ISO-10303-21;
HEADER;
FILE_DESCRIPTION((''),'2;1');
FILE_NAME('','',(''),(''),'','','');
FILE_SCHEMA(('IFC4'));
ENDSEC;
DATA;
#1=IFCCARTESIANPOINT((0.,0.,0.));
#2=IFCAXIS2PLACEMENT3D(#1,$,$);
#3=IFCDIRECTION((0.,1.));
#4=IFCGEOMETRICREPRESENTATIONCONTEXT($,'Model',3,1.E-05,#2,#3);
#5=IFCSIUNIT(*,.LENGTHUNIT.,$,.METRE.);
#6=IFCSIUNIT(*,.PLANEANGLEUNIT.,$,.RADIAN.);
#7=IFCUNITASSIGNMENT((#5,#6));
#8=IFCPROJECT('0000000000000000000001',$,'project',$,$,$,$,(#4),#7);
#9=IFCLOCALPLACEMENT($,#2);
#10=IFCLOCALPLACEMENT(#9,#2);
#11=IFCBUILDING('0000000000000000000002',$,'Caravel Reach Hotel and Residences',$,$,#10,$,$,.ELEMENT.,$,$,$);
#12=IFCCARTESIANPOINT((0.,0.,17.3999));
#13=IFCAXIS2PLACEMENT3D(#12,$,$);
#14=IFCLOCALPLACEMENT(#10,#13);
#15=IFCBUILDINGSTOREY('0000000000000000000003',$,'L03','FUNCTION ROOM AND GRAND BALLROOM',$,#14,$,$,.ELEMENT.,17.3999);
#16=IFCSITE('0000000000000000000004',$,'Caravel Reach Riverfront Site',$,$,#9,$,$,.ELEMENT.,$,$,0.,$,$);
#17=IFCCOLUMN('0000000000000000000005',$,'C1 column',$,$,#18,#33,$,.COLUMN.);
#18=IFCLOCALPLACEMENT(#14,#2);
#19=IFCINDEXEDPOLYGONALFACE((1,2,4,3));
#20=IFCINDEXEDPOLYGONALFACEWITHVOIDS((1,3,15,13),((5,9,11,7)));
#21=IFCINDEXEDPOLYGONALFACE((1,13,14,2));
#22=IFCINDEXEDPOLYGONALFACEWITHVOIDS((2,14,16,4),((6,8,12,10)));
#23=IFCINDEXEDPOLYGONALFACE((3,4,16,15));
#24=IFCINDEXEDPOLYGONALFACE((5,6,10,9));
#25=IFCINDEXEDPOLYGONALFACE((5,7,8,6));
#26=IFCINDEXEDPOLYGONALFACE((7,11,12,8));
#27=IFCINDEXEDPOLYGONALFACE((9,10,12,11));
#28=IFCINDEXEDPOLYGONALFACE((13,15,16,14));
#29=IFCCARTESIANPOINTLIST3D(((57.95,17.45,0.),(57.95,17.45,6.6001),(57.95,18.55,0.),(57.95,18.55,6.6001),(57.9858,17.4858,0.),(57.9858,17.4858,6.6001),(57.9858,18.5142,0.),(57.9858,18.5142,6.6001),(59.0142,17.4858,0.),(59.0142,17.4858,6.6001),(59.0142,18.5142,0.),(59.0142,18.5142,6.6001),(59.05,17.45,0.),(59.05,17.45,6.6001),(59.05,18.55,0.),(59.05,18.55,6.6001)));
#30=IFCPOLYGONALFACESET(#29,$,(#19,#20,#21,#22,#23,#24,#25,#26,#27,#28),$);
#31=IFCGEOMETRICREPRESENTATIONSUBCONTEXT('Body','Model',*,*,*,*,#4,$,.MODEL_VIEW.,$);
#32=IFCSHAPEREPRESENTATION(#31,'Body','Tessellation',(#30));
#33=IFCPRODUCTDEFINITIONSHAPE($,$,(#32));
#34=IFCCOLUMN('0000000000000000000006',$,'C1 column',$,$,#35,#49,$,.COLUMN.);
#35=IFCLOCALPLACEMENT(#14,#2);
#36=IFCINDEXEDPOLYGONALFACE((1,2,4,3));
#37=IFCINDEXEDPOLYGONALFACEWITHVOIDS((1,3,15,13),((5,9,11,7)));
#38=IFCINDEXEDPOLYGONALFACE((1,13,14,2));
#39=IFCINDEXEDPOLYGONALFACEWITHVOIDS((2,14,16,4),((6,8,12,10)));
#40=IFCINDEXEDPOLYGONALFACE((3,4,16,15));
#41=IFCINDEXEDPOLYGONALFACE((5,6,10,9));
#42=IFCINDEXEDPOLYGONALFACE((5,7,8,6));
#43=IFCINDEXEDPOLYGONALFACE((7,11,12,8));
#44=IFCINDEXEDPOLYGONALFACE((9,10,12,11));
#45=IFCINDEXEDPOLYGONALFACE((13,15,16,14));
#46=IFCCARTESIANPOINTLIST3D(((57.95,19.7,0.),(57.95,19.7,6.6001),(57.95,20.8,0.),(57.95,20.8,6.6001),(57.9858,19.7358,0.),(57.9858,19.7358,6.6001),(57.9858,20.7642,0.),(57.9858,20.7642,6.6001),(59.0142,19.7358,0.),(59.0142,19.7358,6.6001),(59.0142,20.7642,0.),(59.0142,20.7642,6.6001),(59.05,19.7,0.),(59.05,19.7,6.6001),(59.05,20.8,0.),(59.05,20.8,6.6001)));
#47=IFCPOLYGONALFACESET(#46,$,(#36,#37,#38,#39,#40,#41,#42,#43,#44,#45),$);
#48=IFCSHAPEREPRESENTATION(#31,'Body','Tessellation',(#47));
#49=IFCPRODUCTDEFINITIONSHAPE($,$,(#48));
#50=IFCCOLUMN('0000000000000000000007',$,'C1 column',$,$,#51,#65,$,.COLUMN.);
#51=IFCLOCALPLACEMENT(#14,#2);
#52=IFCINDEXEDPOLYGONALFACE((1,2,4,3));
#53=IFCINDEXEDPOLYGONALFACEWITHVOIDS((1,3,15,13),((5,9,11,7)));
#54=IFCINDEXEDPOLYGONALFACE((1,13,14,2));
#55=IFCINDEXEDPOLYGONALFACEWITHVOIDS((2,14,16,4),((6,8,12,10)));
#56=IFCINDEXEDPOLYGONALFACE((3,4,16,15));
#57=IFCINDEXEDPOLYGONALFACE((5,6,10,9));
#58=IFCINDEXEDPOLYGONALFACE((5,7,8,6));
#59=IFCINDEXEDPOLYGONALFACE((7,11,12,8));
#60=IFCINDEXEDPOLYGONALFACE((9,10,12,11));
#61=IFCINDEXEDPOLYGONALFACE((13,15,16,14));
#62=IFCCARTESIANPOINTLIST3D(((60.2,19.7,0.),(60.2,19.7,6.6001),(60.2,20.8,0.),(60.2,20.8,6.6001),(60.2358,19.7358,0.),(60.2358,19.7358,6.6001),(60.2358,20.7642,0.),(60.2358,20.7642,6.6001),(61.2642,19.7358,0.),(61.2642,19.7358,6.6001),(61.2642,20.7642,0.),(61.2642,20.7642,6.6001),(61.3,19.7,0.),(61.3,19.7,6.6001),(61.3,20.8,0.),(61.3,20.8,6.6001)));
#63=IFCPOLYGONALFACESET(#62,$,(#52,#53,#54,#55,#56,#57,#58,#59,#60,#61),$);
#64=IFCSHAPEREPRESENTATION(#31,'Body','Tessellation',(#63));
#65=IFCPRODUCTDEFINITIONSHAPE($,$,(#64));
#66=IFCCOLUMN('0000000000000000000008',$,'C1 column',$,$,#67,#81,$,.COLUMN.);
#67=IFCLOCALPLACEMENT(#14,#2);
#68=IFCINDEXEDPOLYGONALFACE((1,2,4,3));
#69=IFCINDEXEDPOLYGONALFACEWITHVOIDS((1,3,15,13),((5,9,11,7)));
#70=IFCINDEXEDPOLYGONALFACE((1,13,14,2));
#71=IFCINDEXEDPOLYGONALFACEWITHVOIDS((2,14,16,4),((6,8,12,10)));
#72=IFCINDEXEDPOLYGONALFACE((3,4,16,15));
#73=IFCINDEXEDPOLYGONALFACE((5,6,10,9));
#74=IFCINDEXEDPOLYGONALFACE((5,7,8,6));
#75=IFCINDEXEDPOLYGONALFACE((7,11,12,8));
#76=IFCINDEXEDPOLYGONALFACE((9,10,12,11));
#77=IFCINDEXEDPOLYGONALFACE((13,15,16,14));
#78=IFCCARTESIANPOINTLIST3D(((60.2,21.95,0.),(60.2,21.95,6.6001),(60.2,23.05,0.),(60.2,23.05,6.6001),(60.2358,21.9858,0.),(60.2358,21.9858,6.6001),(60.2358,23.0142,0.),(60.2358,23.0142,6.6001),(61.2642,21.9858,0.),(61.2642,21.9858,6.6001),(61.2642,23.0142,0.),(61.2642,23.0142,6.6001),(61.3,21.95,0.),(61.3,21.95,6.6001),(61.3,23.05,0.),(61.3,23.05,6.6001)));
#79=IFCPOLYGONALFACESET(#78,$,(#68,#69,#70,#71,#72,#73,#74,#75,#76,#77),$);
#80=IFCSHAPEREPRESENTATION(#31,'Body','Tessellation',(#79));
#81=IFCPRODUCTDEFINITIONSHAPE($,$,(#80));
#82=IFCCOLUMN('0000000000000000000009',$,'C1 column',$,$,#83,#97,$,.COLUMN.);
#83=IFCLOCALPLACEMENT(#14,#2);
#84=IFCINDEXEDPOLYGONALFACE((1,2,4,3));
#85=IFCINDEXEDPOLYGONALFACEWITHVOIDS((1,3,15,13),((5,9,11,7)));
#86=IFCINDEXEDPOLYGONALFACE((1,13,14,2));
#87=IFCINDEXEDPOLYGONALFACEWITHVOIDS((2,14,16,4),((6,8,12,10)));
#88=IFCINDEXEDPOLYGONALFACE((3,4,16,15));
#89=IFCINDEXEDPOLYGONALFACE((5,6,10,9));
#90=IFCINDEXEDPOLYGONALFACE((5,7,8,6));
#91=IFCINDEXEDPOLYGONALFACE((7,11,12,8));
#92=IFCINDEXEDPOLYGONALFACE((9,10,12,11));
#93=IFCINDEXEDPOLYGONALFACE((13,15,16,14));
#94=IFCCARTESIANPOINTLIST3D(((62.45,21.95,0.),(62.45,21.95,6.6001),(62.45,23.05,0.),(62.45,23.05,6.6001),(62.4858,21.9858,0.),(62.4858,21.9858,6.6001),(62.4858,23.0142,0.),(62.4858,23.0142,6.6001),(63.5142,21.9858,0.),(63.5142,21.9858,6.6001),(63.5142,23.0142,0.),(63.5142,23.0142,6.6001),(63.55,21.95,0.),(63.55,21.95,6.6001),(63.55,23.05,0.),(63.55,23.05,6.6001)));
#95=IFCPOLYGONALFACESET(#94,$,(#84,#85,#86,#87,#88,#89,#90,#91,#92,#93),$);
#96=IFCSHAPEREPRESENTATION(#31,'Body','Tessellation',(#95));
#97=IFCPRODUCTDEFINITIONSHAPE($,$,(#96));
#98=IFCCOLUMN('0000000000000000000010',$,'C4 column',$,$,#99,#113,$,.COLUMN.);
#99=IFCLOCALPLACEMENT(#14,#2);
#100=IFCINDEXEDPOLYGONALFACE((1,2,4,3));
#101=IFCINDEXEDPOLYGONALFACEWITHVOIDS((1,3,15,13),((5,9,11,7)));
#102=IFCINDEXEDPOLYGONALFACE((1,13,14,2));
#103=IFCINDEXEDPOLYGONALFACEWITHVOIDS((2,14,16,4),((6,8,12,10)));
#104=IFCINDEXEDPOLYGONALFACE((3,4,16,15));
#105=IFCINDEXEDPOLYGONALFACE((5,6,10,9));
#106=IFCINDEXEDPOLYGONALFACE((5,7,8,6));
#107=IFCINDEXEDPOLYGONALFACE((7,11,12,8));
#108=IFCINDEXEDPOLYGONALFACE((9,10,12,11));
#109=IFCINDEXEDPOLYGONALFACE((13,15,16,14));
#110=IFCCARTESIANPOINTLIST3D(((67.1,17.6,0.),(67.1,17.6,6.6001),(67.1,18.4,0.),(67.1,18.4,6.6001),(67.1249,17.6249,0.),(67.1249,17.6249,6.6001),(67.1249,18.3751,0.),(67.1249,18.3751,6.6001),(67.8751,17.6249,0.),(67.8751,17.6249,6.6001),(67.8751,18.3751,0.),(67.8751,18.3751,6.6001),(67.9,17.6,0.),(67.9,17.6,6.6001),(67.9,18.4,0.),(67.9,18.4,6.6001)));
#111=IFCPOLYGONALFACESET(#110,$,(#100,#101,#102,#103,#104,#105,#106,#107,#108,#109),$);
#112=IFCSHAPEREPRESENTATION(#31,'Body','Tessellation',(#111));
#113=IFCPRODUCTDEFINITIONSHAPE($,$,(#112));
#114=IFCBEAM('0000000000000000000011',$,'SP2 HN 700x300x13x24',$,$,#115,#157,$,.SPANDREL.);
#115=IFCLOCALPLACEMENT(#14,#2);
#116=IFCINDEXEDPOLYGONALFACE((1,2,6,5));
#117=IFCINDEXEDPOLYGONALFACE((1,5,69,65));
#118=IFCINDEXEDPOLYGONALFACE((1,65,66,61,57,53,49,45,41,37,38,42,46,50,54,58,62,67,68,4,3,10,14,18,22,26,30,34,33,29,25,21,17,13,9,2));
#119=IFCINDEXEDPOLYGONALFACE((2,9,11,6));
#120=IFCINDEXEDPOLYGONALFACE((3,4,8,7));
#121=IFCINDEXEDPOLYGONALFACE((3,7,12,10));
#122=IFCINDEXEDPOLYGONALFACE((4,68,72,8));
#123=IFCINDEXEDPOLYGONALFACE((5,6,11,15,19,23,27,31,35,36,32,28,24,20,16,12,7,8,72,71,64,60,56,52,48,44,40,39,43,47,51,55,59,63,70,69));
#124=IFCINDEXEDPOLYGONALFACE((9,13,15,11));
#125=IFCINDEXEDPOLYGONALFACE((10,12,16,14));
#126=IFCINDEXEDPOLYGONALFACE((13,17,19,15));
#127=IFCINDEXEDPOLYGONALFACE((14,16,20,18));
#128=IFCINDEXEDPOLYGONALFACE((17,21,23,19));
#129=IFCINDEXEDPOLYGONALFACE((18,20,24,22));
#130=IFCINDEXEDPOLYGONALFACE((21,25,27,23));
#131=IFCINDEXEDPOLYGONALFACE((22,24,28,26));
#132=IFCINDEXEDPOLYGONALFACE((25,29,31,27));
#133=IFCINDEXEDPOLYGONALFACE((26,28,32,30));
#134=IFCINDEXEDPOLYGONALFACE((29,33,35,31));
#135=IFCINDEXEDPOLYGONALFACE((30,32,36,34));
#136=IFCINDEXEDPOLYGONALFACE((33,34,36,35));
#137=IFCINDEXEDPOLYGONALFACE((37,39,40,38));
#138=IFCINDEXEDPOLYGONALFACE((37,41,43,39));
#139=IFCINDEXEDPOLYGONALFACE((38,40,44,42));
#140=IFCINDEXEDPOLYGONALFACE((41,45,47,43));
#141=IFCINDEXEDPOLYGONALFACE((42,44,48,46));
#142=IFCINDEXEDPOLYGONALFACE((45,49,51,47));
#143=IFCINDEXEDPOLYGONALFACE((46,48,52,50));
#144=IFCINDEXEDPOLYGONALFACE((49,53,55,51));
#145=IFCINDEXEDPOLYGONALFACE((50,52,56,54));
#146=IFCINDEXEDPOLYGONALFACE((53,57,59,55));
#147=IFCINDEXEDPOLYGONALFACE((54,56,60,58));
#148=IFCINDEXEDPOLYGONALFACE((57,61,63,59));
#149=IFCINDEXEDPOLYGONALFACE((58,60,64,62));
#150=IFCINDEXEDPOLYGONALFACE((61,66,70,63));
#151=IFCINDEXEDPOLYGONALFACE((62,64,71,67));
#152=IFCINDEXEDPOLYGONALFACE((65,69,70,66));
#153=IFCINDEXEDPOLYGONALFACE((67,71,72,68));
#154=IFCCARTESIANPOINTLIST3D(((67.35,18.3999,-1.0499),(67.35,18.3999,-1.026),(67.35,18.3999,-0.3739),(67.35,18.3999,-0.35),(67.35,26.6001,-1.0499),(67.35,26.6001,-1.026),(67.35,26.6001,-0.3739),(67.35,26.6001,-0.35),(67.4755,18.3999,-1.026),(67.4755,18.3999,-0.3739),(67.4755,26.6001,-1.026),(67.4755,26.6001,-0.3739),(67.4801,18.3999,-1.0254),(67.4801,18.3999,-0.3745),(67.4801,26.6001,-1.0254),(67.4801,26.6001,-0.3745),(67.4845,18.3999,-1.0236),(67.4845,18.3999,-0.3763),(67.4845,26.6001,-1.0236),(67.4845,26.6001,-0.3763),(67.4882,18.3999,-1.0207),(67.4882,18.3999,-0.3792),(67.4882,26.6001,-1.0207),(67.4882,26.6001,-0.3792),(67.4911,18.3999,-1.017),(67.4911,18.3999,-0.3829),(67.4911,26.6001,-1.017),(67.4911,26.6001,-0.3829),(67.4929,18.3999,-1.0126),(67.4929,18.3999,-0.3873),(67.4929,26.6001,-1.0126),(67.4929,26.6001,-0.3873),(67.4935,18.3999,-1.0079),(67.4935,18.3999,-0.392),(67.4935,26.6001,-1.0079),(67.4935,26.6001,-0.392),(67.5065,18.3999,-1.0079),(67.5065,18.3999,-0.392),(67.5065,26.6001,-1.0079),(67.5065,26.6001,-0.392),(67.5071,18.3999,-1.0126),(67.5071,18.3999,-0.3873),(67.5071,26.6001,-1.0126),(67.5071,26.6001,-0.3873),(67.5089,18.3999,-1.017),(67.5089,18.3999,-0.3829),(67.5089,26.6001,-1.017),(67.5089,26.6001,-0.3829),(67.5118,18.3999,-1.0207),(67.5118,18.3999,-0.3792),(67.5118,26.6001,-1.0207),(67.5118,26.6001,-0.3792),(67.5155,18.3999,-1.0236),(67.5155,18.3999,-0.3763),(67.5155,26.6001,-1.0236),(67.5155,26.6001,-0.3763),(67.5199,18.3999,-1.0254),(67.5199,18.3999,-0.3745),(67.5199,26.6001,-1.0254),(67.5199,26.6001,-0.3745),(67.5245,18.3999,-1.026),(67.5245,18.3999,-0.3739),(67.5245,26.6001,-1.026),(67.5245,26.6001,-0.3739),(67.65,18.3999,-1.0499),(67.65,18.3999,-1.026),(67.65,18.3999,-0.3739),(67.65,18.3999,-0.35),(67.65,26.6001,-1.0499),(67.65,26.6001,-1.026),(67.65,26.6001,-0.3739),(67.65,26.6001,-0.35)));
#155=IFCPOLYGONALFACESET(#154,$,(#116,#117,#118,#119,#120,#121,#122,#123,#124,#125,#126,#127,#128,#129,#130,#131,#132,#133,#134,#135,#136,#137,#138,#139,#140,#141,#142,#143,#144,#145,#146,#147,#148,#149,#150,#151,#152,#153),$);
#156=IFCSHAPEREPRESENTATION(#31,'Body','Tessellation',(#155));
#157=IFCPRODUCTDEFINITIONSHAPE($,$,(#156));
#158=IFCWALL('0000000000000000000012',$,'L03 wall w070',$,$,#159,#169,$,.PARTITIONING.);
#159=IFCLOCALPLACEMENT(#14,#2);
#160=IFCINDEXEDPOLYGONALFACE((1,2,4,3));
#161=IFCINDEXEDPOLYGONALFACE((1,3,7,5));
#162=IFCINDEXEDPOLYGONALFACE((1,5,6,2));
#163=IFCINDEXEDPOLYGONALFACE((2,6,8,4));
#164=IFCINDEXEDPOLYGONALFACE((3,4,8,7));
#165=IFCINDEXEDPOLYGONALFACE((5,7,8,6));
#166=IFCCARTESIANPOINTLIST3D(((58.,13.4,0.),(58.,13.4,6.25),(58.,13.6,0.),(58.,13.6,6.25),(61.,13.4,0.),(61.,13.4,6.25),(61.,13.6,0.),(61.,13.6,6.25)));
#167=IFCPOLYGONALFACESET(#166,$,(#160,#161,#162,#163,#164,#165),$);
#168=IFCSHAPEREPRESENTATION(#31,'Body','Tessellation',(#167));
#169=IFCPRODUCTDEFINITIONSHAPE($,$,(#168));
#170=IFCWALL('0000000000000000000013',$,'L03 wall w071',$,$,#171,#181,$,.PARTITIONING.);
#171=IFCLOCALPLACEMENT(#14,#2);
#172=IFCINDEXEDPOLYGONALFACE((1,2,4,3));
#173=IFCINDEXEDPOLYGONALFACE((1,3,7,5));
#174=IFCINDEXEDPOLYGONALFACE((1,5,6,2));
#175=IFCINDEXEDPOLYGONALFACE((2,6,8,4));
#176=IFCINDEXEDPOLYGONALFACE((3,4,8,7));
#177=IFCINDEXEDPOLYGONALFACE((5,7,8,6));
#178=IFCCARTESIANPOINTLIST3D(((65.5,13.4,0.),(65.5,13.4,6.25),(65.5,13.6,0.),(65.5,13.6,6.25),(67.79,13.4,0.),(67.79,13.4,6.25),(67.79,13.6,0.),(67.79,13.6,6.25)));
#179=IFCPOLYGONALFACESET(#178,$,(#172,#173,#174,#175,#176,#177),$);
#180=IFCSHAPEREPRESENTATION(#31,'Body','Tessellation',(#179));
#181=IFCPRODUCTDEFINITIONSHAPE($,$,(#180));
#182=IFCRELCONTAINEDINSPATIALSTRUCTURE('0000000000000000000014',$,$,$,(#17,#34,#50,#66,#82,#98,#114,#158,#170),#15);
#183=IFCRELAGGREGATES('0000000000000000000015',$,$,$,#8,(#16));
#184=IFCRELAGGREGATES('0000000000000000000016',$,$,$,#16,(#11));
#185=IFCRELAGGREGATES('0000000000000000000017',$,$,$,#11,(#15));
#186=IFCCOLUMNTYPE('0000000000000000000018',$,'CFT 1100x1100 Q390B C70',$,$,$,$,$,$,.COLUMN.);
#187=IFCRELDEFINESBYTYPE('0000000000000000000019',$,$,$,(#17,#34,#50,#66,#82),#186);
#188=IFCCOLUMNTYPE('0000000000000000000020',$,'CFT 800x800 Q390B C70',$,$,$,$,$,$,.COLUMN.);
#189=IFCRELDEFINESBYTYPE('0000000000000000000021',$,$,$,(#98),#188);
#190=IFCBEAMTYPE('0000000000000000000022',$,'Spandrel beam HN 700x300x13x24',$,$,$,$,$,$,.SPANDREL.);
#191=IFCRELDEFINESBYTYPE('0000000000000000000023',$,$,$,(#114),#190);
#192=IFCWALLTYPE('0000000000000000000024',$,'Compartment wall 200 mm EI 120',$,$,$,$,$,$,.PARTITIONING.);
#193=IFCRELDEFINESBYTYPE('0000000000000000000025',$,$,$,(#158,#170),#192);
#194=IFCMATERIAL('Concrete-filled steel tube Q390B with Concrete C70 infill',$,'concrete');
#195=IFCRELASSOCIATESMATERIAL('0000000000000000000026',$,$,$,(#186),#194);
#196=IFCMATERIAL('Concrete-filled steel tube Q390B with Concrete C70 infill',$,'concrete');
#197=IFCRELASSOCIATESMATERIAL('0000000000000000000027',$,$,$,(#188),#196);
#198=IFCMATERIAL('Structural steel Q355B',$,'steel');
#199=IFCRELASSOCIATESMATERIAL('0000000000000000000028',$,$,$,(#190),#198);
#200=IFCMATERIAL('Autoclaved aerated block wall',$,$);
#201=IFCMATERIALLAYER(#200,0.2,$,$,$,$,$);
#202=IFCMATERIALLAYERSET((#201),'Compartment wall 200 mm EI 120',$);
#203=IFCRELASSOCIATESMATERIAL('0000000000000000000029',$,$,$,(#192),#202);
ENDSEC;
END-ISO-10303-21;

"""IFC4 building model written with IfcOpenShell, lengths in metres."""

from ifc_helpers import new_model, si_unit, direction, frame, frame_2d, origin, origin_2d, place, context, subcontext, project, spatial, rectangle, hollow_rectangle, i_section, extrude, material, layer, layer_set, material_profile, profile_set, type_object, element, save


model = new_model("IFC4")

# Units and contexts
model_context = context("Model", 3, precision=1e-05, world=origin(), true_north=direction((0.0, 1.0)))
body_context = subcontext(model_context, "Body", "Model", "MODEL_VIEW")
ifc_project = project(units=[si_unit("LENGTHUNIT", "METRE"), si_unit("PLANEANGLEUNIT", "RADIAN")], contexts=[model_context])

# Site, building, storey
site_placement = place(None, origin())
site = spatial("IfcSite", under=ifc_project, at=site_placement, Name="Caravel Reach Riverfront Site", CompositionType="ELEMENT", RefElevation=0.0)
building_placement = place(site_placement, origin())
building = spatial("IfcBuilding", under=site, at=building_placement, Name="Caravel Reach Hotel and Residences", CompositionType="ELEMENT")
storey_placement = place(building_placement, frame((0.0, 0.0, 17.3999)))
storey = spatial("IfcBuildingStorey", under=building, at=storey_placement, Name="L03", Description="FUNCTION ROOM AND GRAND BALLROOM", CompositionType="ELEMENT", Elevation=17.3999)

# Columns
ifc_material_1 = material(Name="Concrete-filled steel tube Q390B with Concrete C70 infill", Category="concrete")
ifc_material_profile_1 = material_profile(ifc_material_1, hollow_rectangle(XDim=1.1001, YDim=1.1001, WallThickness=0.0359, at=origin_2d()), Name="RHS 1100x1100x36")
ifc_profile_set_1 = profile_set([ifc_material_profile_1], Name="Concrete-filled steel tube Q390B with Concrete C70 infill")
column_type_1 = type_object("IfcColumnType", Name="CFT 1100x1100 Q390B C70", PredefinedType="COLUMN", material=ifc_profile_set_1)
for number, where, z_axis, x_axis, name in (
    (1, (58.5, 18.0, 0.0), (0.0, 0.0, 1.0), (1.0, 0.0, 0.0), "C1 column"),
    (2, (58.5, 20.25, 0.0), (0.0, 0.0, 1.0), (1.0, 0.0, 0.0), "C1 column"),
    (3, (60.75, 20.25, 0.0), (0.0, 0.0, 1.0), (1.0, 0.0, 0.0), "C1 column"),
    (4, (60.75, 22.5, 0.0), (0.0, 0.0, 1.0), (1.0, 0.0, 0.0), "C1 column"),
    (5, (63.0, 22.5, 0.0), (0.0, 0.0, 1.0), (1.0, 0.0, 0.0), "C1 column"),
):
    element("IfcColumn", number, at=place(storey_placement, frame(where, z_axis=z_axis, x_axis=x_axis)), inside=storey, type_object=column_type_1, Name=name, PredefinedType="COLUMN", context=body_context, shape_type="SweptSolid", body=[
        extrude(hollow_rectangle(XDim=1.1001, YDim=1.1001, WallThickness=0.0359, at=origin_2d()), origin(), (0.0, 0.0, 1.0), 6.6001),
    ])
ifc_material_2 = material(Name="Concrete-filled steel tube Q390B with Concrete C70 infill", Category="concrete")
ifc_material_profile_2 = material_profile(ifc_material_2, hollow_rectangle(XDim=0.8, YDim=0.8, WallThickness=0.0249, at=origin_2d()), Name="RHS 800x800x25")
ifc_profile_set_2 = profile_set([ifc_material_profile_2], Name="Concrete-filled steel tube Q390B with Concrete C70 infill")
column_type_2 = type_object("IfcColumnType", Name="CFT 800x800 Q390B C70", PredefinedType="COLUMN", material=ifc_profile_set_2)
column_placement = place(storey_placement, frame((67.5, 18.0, 0.0), z_axis=(0.0, 0.0, 1.0), x_axis=(1.0, 0.0, 0.0)))
element("IfcColumn", 6, at=column_placement, inside=storey, type_object=column_type_2, Name="C4 column", PredefinedType="COLUMN", context=body_context, shape_type="SweptSolid", body=[
    extrude(hollow_rectangle(XDim=0.8, YDim=0.8, WallThickness=0.0249, at=origin_2d()), origin(), (0.0, 0.0, 1.0), 6.6001),
])

# Beam
ifc_material_3 = material(Name="Structural steel Q355B", Category="steel")
ifc_material_profile_3 = material_profile(ifc_material_3, i_section(OverallWidth=0.3, OverallDepth=0.7, WebThickness=0.0129, FlangeThickness=0.0239, FilletRadius=0.0181, at=origin_2d()), Name="HN 700x300x13x24")
ifc_profile_set_3 = profile_set([ifc_material_profile_3], Name="Structural steel Q355B")
beam_type = type_object("IfcBeamType", Name="Spandrel beam HN 700x300x13x24", PredefinedType="SPANDREL", material=ifc_profile_set_3)
beam_placement = place(storey_placement, frame((67.5, 18.3999, -0.7), z_axis=(0.0, 1.0, 0.0), x_axis=(-1.0, 0.0, 0.0)))
element("IfcBeam", 7, at=beam_placement, inside=storey, type_object=beam_type, Name="SP2 HN 700x300x13x24", PredefinedType="SPANDREL", context=body_context, shape_type="SweptSolid", body=[
    extrude(i_section(OverallWidth=0.3, OverallDepth=0.7, WebThickness=0.0129, FlangeThickness=0.0239, FilletRadius=0.0181, at=origin_2d()), origin(), (0.0, 0.0, 1.0), 8.2002),
])

# Walls
ifc_material_4 = material(Name="Autoclaved aerated block wall")
ifc_layer_1 = layer(ifc_material_4, 0.2)
ifc_layer_set_1 = layer_set([ifc_layer_1], Name="Compartment wall 200 mm EI 120")
wall_type_1 = type_object("IfcWallType", Name="Compartment wall 200 mm EI 120", PredefinedType="PARTITIONING", material=ifc_layer_set_1)
wall_1_placement = place(storey_placement, frame((58.0, 13.5, 0.0), z_axis=(0.0, 0.0, 1.0), x_axis=(1.0, 0.0, 0.0)))
element("IfcWall", 8, at=wall_1_placement, inside=storey, type_object=wall_type_1, Name="L03 wall w070", PredefinedType="PARTITIONING", context=body_context, shape_type="SweptSolid", body=[
    extrude(rectangle(XDim=3.0, YDim=0.2, at=frame_2d((1.5, 0.0))), origin(), (0.0, 0.0, 1.0), 6.25),
])
wall_2_placement = place(storey_placement, frame((65.5, 13.5, 0.0), z_axis=(0.0, 0.0, 1.0), x_axis=(1.0, 0.0, 0.0)))
element("IfcWall", 9, at=wall_2_placement, inside=storey, type_object=wall_type_1, Name="L03 wall w071", PredefinedType="PARTITIONING", context=body_context, shape_type="SweptSolid", body=[
    extrude(rectangle(XDim=2.29, YDim=0.2, at=frame_2d((1.145, 0.0))), origin(), (0.0, 0.0, 1.0), 6.25),
])

save(model, "model.ifc")
